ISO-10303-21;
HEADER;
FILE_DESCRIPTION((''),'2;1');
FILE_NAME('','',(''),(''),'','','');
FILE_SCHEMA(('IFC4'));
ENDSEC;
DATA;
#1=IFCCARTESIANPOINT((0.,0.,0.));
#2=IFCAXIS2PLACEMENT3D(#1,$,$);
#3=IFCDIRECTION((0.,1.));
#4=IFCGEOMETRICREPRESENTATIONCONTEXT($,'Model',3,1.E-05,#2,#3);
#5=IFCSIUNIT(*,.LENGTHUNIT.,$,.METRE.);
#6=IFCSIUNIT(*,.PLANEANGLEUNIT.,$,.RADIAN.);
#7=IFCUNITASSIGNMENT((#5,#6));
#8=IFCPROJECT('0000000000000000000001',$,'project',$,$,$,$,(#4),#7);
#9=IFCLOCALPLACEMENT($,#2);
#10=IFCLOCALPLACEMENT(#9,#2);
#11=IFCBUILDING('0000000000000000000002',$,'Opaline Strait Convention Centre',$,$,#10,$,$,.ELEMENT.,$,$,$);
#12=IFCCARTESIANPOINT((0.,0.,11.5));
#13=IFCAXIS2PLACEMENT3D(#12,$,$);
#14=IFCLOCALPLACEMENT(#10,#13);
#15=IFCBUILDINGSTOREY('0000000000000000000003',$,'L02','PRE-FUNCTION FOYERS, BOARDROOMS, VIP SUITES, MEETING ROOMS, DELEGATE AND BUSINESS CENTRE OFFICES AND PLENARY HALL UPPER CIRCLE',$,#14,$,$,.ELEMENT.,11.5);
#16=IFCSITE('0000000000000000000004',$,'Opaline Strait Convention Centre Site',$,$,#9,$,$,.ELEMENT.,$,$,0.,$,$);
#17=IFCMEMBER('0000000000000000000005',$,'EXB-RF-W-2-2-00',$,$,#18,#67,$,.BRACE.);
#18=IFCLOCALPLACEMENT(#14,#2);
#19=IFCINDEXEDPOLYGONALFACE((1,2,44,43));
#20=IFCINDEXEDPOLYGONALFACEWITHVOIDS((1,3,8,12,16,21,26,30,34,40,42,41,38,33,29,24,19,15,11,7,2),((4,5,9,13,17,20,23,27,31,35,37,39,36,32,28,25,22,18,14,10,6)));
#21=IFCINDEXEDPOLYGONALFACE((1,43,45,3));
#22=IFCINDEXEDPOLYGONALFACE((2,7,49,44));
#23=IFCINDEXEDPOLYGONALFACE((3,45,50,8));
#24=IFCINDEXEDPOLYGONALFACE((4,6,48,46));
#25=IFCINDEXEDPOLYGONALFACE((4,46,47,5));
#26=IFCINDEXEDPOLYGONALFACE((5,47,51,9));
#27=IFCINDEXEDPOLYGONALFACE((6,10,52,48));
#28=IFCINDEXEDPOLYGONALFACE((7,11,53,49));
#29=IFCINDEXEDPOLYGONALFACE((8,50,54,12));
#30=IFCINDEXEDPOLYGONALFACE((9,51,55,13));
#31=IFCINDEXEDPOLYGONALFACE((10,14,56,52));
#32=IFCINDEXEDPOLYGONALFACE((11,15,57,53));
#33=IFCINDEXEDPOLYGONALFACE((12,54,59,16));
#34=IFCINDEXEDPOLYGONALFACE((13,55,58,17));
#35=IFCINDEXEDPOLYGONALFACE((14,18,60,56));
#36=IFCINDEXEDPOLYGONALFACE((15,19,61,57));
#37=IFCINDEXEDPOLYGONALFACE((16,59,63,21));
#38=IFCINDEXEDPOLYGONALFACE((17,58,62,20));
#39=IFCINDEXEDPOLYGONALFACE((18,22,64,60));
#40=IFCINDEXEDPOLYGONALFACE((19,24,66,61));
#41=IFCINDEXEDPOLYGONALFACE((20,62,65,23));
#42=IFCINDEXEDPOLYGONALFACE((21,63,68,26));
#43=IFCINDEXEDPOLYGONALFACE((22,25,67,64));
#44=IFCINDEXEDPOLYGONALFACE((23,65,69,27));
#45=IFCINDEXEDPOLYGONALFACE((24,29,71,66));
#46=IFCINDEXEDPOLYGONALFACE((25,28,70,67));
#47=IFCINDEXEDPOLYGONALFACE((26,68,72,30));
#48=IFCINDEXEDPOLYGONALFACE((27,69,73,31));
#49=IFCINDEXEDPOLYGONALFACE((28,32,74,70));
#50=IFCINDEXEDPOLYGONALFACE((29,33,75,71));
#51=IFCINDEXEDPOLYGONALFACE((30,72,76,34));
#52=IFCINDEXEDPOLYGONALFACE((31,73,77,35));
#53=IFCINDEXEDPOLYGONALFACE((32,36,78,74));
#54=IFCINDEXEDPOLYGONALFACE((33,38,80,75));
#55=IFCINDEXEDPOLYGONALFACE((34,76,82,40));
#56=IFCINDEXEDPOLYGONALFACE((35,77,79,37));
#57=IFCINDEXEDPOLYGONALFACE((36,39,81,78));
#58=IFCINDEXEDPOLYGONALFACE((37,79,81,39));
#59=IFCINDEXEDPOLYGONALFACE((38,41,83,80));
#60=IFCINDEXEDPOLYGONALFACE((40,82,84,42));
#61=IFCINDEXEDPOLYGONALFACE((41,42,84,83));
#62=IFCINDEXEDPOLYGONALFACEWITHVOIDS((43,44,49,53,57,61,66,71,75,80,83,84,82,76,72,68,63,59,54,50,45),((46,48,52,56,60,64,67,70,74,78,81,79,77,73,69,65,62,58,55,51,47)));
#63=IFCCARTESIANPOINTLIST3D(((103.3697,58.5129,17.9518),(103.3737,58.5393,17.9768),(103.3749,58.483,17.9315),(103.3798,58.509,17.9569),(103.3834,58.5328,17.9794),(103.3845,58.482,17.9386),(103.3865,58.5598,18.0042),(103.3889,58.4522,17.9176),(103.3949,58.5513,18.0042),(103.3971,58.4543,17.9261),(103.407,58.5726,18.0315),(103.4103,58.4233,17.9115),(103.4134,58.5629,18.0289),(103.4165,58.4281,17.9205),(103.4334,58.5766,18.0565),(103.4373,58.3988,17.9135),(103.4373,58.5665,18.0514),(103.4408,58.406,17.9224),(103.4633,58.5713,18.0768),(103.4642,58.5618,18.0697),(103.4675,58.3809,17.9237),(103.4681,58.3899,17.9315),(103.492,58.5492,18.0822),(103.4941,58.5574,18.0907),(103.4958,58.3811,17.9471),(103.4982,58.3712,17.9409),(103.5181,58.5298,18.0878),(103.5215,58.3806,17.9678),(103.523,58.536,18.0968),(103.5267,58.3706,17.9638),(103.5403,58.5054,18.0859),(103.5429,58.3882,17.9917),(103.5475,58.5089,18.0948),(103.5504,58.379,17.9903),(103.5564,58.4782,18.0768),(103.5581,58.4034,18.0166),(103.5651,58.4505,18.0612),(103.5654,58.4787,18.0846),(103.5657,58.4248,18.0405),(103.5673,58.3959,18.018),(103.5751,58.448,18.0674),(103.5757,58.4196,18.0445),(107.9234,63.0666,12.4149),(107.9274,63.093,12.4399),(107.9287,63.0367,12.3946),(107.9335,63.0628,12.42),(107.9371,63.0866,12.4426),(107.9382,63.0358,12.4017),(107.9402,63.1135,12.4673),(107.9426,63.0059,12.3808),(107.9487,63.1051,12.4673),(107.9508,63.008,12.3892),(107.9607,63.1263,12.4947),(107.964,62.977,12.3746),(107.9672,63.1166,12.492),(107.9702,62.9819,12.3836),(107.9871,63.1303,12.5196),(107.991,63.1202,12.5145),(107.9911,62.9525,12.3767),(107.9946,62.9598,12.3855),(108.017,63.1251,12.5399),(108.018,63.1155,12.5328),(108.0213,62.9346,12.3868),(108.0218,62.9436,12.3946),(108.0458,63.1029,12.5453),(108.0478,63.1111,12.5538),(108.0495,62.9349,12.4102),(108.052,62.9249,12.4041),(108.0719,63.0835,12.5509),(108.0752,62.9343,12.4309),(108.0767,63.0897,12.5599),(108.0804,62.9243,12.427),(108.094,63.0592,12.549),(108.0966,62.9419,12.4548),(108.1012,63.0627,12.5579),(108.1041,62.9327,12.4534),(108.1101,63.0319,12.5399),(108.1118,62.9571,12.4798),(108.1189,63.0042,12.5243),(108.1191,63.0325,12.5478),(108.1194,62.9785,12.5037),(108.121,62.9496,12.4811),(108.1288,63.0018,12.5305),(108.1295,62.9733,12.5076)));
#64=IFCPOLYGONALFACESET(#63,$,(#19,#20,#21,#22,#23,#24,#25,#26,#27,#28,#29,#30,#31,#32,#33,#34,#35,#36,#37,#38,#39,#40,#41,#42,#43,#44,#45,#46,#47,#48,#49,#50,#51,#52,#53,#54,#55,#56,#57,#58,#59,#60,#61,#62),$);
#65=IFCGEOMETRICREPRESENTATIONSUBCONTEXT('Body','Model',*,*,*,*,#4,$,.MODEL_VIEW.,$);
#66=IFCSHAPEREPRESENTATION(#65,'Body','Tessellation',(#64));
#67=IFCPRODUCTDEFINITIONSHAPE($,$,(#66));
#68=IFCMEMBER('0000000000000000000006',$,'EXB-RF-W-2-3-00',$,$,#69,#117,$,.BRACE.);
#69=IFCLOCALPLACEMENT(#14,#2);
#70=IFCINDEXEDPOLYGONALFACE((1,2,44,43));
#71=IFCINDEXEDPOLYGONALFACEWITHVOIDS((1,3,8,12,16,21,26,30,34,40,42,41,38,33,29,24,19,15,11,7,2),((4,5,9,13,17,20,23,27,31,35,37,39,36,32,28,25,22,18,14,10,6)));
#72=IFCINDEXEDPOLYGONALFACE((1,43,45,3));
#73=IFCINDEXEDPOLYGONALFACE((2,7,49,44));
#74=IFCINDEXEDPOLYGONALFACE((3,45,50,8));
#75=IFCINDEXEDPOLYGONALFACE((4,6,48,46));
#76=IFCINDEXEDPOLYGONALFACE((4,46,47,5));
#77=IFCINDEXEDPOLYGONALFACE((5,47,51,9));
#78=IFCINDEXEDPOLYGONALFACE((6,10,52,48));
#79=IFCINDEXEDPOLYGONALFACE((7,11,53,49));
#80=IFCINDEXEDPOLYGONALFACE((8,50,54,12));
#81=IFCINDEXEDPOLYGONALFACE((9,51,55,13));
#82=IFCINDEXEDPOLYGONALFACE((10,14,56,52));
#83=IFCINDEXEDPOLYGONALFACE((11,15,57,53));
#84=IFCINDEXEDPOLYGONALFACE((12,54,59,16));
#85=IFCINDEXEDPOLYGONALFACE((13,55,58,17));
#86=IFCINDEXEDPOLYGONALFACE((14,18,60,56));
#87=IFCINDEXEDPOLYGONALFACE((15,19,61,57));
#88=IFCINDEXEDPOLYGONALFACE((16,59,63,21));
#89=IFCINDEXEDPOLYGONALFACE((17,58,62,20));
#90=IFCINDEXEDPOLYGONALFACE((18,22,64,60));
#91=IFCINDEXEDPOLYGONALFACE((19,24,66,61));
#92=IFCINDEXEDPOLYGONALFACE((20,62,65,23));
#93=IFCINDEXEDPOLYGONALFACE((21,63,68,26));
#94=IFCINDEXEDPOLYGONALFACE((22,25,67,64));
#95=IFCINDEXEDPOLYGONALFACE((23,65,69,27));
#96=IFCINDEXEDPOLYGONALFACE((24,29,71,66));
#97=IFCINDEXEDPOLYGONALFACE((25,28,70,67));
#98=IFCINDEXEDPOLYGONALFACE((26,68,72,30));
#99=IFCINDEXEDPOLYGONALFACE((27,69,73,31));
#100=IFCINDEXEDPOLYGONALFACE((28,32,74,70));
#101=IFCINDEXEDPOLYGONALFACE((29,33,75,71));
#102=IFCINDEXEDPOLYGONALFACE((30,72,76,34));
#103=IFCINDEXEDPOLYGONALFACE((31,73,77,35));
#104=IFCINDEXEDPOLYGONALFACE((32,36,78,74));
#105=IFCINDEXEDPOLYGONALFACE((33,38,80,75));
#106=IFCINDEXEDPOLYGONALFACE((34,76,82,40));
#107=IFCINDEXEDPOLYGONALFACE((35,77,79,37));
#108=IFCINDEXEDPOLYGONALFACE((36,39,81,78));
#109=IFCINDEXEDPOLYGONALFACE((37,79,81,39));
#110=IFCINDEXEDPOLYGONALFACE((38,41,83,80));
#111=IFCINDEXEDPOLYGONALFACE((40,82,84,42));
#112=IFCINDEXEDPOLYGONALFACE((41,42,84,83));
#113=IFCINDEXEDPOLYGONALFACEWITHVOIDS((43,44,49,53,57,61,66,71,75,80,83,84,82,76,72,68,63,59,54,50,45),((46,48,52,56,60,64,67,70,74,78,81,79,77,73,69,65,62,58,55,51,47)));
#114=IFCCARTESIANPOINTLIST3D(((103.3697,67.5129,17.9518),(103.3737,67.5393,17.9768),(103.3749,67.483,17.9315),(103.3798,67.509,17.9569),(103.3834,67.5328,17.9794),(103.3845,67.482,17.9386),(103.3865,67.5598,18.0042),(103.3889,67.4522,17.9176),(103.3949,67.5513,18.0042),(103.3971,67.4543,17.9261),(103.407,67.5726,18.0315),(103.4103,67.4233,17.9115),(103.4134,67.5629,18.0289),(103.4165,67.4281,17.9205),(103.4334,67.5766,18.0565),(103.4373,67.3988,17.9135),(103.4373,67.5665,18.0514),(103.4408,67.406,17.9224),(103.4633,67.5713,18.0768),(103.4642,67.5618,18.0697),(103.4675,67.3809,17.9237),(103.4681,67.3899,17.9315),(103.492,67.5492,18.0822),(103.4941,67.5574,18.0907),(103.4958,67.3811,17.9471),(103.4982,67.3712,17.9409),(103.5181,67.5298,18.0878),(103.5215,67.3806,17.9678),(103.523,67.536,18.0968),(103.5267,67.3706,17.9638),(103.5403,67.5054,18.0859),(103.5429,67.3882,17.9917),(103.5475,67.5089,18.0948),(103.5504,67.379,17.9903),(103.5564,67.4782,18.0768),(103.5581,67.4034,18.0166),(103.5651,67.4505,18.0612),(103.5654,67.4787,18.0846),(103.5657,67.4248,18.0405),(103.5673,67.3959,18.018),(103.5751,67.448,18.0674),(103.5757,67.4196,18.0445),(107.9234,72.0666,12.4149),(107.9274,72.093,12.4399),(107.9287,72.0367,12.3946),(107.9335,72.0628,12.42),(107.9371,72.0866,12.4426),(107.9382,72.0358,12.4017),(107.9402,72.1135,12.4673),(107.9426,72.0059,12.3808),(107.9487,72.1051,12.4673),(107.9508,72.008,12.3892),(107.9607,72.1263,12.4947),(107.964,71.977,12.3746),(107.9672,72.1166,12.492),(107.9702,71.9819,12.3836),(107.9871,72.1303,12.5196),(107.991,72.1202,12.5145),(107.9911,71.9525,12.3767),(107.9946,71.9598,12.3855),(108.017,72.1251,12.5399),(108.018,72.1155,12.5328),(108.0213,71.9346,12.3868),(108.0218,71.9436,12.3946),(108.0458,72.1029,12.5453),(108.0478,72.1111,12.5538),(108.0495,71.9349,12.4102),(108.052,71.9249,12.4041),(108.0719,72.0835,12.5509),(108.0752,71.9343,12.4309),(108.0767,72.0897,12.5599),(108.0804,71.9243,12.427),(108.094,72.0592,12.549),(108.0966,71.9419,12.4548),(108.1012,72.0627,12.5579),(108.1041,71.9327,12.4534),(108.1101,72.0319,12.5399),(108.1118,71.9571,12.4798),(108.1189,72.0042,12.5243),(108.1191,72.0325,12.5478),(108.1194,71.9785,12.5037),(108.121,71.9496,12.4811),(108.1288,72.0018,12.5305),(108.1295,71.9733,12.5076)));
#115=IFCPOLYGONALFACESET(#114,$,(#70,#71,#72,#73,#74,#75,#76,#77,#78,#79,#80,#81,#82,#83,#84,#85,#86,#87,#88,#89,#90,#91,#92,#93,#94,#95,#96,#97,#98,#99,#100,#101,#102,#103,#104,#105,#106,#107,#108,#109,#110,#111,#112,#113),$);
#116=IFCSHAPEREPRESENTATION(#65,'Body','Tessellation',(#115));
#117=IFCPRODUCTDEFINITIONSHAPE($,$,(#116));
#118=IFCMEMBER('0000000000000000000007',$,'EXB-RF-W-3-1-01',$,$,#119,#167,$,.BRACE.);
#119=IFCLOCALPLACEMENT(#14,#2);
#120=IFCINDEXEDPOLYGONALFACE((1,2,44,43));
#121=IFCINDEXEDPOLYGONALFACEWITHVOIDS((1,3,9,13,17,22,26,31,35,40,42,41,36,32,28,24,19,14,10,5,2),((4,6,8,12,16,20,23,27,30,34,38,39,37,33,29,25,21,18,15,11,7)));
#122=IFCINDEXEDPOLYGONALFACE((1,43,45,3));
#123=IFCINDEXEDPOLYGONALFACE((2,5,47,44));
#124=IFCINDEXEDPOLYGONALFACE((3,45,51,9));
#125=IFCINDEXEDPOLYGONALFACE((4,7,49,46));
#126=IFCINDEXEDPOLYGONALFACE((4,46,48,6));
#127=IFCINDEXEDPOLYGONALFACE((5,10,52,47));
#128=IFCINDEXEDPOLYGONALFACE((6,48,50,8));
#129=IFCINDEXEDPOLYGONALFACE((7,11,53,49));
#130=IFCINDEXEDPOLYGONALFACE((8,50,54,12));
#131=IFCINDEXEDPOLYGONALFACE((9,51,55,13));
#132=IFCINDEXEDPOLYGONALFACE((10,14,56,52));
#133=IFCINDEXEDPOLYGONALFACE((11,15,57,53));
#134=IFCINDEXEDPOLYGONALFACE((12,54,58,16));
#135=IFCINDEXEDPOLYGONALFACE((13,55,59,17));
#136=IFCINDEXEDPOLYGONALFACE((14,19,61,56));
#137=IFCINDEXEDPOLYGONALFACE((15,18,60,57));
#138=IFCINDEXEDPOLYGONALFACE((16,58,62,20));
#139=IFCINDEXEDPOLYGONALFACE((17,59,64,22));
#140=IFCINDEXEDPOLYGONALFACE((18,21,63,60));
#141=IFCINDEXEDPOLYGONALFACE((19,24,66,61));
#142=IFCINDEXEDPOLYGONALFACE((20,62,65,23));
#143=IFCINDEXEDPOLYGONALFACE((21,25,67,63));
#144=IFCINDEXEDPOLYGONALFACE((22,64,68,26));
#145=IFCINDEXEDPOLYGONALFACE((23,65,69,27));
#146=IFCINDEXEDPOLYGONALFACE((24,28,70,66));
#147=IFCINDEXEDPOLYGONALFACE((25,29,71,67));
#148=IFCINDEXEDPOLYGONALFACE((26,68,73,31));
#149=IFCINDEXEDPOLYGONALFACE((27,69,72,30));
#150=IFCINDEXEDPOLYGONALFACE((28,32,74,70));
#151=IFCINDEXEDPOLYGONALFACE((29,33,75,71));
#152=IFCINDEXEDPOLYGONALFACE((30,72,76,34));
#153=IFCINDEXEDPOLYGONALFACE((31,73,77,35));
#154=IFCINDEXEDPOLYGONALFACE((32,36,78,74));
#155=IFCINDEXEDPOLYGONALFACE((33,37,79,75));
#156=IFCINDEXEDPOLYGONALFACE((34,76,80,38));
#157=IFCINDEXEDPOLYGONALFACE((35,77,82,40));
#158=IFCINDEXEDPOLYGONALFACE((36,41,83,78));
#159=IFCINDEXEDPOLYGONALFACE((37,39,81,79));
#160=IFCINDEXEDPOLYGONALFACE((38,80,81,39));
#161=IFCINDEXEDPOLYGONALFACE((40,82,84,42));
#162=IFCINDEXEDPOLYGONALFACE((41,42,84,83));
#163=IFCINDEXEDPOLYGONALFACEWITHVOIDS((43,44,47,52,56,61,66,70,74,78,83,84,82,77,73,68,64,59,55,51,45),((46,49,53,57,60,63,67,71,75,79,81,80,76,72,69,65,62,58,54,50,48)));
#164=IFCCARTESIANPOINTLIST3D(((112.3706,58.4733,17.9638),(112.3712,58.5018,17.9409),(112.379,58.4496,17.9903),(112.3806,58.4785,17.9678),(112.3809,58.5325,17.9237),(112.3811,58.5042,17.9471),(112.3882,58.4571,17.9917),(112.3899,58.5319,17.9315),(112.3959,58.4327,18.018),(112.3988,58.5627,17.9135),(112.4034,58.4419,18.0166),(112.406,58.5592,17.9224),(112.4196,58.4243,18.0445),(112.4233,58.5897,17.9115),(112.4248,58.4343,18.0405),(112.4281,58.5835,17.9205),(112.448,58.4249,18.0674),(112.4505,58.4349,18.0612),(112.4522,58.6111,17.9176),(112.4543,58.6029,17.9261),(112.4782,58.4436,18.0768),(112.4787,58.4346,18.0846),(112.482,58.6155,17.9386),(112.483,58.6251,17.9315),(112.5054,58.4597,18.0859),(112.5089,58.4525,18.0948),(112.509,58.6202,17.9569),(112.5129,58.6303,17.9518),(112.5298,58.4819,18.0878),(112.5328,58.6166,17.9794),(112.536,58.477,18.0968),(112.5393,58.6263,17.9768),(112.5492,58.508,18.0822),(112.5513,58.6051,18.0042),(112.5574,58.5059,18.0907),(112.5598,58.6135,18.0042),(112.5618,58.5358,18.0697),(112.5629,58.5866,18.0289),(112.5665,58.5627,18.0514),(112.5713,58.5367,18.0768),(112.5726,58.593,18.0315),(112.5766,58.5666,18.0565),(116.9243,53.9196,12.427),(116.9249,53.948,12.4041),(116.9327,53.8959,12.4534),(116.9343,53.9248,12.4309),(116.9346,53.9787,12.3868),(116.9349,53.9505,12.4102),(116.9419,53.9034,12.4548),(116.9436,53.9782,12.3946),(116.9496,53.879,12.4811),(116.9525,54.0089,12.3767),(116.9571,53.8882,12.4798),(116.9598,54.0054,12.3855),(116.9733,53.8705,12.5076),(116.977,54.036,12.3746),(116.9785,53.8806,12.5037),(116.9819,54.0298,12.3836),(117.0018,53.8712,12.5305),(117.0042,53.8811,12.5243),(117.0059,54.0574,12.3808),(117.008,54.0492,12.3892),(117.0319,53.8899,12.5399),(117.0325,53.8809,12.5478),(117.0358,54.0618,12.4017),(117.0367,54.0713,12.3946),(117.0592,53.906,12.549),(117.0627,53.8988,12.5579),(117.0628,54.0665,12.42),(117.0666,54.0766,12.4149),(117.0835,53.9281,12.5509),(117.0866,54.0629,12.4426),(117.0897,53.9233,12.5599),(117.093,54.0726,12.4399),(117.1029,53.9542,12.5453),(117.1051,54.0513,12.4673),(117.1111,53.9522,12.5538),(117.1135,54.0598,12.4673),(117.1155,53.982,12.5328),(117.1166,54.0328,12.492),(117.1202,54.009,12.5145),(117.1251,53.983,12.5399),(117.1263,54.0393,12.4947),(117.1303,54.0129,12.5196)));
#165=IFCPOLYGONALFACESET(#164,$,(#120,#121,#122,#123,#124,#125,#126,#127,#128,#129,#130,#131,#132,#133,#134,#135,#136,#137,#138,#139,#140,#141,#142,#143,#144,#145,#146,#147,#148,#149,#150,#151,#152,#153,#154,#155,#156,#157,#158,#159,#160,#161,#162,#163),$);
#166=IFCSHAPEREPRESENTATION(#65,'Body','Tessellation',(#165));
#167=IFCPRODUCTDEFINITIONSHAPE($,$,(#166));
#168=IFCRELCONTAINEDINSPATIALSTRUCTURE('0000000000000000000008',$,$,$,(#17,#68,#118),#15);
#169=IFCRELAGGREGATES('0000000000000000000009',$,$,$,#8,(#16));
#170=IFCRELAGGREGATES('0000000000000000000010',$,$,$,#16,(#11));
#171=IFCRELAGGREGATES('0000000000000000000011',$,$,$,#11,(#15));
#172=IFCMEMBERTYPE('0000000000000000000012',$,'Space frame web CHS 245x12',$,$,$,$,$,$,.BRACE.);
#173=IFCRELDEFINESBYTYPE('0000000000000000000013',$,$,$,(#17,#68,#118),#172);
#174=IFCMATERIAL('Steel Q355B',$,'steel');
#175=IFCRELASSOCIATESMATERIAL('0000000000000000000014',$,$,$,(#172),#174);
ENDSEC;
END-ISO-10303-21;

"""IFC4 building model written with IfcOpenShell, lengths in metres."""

from ifc_helpers import new_model, si_unit, direction, frame, origin, origin_2d, place, context, subcontext, project, spatial, hollow_circle, extrude, material, material_profile, profile_set, type_object, element, save


model = new_model("IFC4")

# Units and contexts
model_context = context("Model", 3, precision=1e-05, world=origin(), true_north=direction((0.0, 1.0)))
body_context = subcontext(model_context, "Body", "Model", "MODEL_VIEW")
ifc_project = project(units=[si_unit("LENGTHUNIT", "METRE"), si_unit("PLANEANGLEUNIT", "RADIAN")], contexts=[model_context])

# Site, building, storey
site_placement = place(None, origin())
site = spatial("IfcSite", under=ifc_project, at=site_placement, Name="Opaline Strait Convention Centre Site", CompositionType="ELEMENT", RefElevation=0.0)
building_placement = place(site_placement, origin())
building = spatial("IfcBuilding", under=site, at=building_placement, Name="Opaline Strait Convention Centre", CompositionType="ELEMENT")
storey_placement = place(building_placement, frame((0.0, 0.0, 11.5)))
storey = spatial("IfcBuildingStorey", under=building, at=storey_placement, Name="L02", Description="PRE-FUNCTION FOYERS, BOARDROOMS, VIP SUITES, MEETING ROOMS, DELEGATE AND BUSINESS CENTRE OFFICES AND PLENARY HALL UPPER CIRCLE", CompositionType="ELEMENT", Elevation=11.5)

# Members
ifc_material = material(Name="Steel Q355B", Category="steel")
ifc_material_profile_1 = material_profile(ifc_material, hollow_circle(Radius=0.1226, WallThickness=0.012, at=origin_2d()), Name="CHS 245x12")
ifc_profile_set_1 = profile_set([ifc_material_profile_1], Name="Steel Q355B")
member_type_1 = type_object("IfcMemberType", Name="Space frame web CHS 245x12", PredefinedType="BRACE", material=ifc_profile_set_1)
for number, where, z_axis, x_axis, name in (
    (1, (103.4731, 58.4731, 18.0042), (0.536178, 0.536178, -0.65194), (-0.707107, 0.707107, 0.0), "EXB-RF-W-2-2-00"),
    (2, (103.4731, 67.4731, 18.0042), (0.536178, 0.536178, -0.65194), (-0.707107, 0.707107, 0.0), "EXB-RF-W-2-3-00"),
    (3, (112.4731, 58.5269, 18.0042), (0.536178, -0.536178, -0.65194), (0.707107, 0.707107, 0.0), "EXB-RF-W-3-1-01"),
):
    element("IfcMember", number, at=place(storey_placement, frame(where, z_axis=z_axis, x_axis=x_axis)), inside=storey, type_object=member_type_1, Name=name, PredefinedType="BRACE", context=body_context, shape_type="SweptSolid", body=[
        extrude(hollow_circle(Radius=0.1226, WallThickness=0.012, at=origin_2d()), origin(), (0.0, 0.0, 1.0), 8.4929),
    ])

save(model, "model.ifc")
